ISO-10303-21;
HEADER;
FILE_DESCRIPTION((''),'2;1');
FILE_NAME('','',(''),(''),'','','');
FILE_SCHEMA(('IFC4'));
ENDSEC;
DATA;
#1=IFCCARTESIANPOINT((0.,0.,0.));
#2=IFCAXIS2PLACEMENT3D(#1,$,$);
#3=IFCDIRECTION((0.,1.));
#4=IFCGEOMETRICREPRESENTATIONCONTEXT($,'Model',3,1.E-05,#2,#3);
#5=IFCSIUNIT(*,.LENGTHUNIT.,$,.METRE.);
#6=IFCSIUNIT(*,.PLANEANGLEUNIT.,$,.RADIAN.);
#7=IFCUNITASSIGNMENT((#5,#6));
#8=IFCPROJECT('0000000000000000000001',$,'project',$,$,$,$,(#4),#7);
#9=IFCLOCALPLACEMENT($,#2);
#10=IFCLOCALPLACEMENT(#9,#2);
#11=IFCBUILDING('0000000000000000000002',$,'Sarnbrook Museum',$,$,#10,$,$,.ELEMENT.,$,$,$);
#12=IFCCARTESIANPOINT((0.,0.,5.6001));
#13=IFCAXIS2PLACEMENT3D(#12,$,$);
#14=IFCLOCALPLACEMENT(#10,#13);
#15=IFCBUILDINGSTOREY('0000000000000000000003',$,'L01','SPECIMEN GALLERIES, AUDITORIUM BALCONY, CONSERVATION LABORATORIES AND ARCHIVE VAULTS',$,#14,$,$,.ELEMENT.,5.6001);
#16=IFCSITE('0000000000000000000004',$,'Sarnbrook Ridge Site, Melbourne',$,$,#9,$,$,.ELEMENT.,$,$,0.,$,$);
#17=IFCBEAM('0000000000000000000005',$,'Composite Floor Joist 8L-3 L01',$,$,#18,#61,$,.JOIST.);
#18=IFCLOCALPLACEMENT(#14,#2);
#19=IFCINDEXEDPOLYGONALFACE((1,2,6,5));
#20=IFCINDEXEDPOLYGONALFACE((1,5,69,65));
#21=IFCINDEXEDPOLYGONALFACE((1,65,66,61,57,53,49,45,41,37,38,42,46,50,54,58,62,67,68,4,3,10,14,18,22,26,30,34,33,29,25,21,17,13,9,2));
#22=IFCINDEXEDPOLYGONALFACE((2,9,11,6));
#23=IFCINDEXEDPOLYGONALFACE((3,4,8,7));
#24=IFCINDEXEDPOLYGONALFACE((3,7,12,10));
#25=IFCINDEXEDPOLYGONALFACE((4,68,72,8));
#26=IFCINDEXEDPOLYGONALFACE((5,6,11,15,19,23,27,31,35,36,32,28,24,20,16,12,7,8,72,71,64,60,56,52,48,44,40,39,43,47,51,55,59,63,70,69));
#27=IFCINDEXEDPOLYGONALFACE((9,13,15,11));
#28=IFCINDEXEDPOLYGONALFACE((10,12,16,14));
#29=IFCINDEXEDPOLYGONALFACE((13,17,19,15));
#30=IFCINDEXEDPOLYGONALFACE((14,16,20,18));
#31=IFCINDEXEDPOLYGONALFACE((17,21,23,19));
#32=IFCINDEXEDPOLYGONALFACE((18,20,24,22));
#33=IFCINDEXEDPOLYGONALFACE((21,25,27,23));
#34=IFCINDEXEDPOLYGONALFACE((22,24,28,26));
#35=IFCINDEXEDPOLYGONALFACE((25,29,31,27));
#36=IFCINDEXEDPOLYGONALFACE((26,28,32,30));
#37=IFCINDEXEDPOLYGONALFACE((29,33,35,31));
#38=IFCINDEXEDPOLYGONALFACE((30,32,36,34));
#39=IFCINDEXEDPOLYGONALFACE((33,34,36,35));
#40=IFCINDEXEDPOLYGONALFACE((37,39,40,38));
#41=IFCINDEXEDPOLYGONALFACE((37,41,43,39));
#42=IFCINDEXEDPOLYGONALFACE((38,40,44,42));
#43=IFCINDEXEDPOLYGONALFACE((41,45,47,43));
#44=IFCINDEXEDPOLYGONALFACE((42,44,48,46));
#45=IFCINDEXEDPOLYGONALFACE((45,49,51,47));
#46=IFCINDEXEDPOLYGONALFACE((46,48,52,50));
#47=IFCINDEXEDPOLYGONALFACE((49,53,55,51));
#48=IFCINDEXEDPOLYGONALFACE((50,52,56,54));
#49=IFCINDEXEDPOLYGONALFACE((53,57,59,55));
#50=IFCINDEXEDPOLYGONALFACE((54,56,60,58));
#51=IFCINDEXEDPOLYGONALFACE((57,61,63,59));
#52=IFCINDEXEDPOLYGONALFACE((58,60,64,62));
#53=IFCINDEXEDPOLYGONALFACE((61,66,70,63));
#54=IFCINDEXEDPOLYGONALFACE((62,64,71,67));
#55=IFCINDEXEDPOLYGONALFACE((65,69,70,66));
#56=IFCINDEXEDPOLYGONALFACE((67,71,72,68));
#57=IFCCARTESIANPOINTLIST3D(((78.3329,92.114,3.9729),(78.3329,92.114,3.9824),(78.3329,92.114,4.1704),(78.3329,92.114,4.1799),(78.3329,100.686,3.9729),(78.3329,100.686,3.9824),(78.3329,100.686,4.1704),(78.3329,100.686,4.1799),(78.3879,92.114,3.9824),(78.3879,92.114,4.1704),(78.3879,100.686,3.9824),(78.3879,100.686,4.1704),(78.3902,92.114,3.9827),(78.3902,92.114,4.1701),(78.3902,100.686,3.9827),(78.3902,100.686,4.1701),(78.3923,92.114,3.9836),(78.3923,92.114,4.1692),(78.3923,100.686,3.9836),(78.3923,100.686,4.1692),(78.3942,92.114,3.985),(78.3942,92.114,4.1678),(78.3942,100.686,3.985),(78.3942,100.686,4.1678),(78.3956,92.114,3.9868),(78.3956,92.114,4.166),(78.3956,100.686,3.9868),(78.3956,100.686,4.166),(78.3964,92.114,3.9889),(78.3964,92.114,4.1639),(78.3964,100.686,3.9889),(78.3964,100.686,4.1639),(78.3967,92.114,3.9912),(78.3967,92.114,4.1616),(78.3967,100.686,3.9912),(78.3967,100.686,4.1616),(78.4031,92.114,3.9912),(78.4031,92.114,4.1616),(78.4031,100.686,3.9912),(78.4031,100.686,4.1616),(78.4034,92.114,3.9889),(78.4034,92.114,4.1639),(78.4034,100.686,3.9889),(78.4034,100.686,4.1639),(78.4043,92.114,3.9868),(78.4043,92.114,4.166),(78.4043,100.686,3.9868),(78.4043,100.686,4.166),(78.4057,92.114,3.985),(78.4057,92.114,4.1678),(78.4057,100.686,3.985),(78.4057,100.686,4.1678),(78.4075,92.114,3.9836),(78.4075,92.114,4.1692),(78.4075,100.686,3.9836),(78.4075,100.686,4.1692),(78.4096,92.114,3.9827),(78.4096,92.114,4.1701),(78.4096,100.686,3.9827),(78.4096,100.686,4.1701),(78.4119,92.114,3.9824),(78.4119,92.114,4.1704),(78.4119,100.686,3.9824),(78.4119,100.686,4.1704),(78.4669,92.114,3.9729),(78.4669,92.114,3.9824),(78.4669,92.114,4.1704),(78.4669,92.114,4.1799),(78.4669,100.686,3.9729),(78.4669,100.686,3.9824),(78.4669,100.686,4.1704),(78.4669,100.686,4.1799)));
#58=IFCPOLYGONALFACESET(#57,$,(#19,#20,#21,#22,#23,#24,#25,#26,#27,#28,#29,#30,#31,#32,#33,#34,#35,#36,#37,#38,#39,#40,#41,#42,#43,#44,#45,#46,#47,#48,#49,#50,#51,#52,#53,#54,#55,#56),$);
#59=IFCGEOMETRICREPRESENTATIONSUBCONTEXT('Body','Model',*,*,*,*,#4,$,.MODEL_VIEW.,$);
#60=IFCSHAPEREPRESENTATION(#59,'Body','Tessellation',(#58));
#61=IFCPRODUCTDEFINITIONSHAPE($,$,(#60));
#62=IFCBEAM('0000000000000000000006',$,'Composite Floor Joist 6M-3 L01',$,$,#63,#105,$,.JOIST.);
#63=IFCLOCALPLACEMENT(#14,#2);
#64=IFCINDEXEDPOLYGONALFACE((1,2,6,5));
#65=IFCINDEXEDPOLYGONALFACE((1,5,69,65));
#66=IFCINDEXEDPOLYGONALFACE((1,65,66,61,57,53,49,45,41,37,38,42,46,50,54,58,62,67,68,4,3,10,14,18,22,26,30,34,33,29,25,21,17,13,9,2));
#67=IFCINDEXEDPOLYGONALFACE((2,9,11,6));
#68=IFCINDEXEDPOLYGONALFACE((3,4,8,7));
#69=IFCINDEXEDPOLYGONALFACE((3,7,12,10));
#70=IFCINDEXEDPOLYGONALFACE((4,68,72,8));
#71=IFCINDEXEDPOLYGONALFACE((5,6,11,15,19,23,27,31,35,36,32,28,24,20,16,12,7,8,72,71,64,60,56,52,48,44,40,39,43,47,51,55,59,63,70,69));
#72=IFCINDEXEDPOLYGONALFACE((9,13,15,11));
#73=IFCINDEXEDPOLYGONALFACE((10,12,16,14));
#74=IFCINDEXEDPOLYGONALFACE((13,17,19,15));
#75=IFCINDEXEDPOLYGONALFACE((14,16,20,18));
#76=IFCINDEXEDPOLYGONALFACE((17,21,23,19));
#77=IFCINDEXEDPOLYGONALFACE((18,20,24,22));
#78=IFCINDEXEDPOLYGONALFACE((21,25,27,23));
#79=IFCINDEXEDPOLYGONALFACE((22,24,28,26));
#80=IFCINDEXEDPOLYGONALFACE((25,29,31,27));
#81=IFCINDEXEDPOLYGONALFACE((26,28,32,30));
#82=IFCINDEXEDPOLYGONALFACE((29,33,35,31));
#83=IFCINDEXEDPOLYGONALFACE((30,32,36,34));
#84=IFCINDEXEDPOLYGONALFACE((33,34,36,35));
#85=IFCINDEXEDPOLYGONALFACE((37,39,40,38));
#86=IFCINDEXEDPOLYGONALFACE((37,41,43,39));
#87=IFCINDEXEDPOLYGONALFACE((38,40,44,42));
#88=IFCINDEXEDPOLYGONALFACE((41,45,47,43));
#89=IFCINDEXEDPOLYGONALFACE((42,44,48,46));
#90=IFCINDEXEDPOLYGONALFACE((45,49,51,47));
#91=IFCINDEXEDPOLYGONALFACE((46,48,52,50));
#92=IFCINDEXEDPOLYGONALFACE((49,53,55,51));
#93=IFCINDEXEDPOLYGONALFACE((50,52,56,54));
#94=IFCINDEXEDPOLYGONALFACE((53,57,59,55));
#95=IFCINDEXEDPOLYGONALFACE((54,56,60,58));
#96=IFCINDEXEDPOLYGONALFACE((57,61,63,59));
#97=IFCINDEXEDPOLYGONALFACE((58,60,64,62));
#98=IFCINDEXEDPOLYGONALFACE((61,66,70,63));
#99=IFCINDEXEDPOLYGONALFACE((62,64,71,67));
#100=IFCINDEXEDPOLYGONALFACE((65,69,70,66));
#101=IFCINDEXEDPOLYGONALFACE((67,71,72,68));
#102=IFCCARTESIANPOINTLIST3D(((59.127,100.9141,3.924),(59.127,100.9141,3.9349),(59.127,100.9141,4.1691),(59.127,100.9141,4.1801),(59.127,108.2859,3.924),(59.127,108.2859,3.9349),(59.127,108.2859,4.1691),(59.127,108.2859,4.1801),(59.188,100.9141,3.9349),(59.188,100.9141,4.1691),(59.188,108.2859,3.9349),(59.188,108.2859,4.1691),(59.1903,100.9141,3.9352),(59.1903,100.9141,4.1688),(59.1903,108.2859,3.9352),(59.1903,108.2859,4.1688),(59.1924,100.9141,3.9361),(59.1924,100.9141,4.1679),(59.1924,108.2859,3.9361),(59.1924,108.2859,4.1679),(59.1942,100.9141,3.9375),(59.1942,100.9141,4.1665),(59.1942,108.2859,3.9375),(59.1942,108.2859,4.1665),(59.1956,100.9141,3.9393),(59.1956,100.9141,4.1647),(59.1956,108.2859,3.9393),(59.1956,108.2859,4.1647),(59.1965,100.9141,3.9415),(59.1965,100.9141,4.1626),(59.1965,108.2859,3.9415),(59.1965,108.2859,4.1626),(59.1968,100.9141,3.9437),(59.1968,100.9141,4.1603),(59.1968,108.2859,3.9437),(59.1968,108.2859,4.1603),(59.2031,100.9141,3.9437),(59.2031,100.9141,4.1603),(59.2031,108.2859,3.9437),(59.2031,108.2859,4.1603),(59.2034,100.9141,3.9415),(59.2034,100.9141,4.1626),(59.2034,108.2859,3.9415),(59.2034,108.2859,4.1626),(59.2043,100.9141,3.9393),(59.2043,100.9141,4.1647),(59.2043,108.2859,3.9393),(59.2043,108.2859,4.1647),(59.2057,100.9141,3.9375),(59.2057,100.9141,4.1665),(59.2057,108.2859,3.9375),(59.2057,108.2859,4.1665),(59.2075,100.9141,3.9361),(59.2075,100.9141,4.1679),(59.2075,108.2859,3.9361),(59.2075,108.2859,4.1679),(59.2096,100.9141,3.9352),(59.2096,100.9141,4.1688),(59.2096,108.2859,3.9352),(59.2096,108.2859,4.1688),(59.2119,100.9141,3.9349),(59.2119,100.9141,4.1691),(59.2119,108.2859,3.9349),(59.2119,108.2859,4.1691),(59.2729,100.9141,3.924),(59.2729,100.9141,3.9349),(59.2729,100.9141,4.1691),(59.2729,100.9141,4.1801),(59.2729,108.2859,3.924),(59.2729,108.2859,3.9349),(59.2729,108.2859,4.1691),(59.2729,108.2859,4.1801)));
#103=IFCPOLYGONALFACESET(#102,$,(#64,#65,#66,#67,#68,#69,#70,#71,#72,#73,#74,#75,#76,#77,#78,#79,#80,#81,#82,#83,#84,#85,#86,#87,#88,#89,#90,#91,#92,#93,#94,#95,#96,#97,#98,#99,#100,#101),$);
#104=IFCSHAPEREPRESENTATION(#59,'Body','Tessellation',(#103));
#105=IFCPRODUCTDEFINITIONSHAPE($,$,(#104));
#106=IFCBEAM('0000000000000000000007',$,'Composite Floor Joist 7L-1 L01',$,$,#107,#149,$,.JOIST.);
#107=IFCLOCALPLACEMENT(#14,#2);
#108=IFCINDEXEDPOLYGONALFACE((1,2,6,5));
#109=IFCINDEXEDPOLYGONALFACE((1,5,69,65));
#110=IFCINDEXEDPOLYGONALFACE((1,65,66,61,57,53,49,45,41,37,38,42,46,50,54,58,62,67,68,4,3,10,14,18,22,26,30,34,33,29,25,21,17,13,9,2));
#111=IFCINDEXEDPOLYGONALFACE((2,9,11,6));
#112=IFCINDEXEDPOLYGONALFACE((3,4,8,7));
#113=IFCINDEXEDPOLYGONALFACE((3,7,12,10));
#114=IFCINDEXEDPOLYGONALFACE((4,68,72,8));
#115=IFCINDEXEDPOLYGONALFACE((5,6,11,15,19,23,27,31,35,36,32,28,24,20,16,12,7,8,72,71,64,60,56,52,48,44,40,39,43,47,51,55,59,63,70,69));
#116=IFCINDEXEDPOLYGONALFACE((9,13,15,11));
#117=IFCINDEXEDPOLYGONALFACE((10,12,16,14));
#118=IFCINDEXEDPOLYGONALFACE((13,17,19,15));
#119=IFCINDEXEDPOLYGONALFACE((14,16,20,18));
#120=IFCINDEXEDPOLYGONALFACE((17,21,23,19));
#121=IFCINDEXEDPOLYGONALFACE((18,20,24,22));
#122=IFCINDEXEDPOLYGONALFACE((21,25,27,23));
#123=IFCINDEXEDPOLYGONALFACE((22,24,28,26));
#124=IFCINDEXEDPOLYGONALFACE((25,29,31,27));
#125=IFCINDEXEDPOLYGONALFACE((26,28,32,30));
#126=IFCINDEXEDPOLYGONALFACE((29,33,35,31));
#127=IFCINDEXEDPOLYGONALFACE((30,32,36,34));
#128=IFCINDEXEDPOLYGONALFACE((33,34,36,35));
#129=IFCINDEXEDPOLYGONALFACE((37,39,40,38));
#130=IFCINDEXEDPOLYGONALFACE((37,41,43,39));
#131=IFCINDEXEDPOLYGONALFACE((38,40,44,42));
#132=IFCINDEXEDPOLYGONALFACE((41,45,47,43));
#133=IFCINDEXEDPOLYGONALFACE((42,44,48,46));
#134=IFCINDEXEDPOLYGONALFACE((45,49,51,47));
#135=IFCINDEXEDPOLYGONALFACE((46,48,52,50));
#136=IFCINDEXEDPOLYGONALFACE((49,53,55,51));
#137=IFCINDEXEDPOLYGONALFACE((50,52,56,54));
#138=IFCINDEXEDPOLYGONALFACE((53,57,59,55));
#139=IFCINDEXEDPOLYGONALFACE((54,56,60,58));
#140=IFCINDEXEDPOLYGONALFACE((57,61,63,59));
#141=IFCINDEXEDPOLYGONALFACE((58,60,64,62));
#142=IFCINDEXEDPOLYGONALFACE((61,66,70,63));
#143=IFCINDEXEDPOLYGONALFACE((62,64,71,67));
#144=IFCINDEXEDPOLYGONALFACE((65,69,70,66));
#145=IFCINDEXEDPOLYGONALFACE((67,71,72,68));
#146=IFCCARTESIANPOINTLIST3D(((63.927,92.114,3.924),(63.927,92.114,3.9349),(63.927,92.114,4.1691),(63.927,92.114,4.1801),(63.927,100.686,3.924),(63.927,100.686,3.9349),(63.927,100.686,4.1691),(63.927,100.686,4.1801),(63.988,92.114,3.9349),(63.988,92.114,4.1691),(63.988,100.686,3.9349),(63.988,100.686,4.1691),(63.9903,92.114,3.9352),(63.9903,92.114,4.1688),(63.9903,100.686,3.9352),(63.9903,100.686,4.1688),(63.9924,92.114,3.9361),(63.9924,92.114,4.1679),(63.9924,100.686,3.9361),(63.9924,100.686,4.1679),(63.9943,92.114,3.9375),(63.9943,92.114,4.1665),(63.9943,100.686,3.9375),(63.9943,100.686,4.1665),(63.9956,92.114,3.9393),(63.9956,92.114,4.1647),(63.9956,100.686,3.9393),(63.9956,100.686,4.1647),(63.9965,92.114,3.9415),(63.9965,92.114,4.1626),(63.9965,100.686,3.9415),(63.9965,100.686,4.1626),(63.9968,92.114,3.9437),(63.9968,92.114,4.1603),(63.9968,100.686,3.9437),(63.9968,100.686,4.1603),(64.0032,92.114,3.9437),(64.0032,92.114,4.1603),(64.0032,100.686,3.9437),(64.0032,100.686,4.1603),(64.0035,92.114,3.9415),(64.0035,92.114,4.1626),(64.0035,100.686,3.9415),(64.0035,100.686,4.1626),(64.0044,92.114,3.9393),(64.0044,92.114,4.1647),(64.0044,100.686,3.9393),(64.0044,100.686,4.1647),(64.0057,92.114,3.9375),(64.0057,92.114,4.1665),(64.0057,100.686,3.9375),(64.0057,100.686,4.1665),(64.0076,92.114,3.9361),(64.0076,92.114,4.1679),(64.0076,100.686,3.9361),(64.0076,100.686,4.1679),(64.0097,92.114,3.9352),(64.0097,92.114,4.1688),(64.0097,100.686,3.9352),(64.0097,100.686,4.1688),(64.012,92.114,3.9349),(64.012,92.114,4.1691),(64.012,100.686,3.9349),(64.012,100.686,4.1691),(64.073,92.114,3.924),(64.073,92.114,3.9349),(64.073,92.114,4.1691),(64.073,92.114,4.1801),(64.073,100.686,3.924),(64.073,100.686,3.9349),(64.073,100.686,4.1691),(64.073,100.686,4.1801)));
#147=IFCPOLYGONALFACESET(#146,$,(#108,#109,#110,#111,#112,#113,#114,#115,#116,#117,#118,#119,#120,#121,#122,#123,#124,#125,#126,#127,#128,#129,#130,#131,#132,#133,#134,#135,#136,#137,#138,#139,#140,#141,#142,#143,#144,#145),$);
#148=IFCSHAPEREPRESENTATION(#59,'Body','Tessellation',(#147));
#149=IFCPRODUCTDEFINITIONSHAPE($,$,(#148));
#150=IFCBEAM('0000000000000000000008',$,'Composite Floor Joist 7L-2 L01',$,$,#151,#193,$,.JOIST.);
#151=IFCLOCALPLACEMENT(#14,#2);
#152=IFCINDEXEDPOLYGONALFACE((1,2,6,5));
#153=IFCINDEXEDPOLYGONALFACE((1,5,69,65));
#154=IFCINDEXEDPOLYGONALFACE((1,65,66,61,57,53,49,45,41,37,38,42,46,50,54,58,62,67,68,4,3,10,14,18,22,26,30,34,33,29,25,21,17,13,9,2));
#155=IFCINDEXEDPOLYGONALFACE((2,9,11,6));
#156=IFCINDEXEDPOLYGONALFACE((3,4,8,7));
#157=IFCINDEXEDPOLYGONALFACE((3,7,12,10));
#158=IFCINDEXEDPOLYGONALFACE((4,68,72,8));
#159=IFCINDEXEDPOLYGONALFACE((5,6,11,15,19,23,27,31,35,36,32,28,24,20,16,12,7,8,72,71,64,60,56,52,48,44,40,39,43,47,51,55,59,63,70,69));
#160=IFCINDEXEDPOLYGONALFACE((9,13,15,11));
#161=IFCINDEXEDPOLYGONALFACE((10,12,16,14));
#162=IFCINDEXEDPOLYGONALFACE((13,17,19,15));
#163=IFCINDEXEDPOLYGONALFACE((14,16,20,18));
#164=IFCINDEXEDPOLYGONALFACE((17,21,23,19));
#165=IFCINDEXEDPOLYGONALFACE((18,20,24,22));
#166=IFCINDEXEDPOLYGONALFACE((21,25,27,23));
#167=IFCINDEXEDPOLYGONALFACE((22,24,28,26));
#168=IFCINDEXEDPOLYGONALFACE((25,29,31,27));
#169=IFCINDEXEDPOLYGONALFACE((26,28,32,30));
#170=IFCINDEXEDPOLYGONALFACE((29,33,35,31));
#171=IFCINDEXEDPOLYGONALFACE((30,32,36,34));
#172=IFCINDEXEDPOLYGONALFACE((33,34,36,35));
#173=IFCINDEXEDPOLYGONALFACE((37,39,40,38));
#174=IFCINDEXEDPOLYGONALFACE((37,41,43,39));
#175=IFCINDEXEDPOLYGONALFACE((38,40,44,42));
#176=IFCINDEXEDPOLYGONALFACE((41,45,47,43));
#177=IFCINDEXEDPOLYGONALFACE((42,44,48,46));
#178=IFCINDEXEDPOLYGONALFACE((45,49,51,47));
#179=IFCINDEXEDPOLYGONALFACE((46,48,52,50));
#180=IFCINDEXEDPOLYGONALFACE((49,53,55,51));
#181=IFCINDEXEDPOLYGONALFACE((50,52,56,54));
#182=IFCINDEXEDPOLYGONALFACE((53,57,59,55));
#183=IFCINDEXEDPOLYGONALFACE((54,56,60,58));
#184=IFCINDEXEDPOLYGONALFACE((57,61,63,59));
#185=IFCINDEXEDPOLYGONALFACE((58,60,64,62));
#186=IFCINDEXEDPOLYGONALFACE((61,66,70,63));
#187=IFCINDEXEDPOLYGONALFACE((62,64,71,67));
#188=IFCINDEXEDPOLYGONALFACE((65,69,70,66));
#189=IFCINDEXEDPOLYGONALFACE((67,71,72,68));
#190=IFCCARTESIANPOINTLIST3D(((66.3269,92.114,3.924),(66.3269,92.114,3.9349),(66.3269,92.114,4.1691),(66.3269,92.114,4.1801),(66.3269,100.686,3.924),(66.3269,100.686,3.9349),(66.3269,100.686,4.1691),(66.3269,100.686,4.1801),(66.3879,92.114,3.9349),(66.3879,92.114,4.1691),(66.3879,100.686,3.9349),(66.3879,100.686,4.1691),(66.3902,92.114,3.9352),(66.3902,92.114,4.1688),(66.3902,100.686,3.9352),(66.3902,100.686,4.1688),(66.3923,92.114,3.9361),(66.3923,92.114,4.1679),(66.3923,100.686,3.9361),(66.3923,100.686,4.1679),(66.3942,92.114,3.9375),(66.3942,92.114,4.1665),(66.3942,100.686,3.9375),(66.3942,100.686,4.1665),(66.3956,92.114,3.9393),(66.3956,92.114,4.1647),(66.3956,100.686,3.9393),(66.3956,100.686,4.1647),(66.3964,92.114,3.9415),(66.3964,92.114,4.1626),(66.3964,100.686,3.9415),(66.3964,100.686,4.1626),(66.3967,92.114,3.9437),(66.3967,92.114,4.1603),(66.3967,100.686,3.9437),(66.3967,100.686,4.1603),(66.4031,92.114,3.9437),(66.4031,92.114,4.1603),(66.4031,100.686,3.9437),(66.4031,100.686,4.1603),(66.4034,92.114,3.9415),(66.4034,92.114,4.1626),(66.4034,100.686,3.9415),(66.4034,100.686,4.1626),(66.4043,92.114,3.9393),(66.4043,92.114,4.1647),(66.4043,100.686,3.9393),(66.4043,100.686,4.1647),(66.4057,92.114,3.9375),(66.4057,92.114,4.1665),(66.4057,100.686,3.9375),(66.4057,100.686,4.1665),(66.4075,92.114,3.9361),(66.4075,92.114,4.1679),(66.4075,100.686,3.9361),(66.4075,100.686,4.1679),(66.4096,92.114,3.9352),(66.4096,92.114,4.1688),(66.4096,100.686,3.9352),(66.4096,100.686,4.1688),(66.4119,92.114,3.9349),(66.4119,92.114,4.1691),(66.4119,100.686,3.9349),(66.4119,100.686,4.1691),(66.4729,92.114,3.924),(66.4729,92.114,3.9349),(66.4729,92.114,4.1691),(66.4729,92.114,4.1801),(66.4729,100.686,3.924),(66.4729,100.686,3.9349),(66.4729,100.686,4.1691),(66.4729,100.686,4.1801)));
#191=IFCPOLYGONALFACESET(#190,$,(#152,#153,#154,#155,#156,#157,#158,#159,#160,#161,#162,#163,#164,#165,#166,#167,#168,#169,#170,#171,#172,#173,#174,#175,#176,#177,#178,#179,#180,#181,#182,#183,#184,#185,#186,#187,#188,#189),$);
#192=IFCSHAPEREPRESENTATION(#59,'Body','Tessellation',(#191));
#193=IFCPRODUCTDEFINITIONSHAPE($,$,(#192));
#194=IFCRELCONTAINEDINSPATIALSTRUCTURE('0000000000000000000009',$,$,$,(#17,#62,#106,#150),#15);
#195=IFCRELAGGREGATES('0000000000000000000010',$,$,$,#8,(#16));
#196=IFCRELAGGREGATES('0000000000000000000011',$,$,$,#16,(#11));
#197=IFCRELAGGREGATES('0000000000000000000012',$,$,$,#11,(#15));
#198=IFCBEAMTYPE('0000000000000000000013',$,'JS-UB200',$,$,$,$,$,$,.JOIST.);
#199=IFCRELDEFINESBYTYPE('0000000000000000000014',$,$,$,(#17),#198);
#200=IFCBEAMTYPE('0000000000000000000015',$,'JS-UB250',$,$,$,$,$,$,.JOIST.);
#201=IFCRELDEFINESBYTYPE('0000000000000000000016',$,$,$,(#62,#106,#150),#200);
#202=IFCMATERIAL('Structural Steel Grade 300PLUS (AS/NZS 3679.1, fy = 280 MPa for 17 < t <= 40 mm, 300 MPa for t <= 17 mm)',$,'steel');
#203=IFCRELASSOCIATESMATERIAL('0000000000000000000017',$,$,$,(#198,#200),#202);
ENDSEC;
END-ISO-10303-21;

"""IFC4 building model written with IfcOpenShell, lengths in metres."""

from ifc_helpers import new_model, si_unit, direction, frame, origin, origin_2d, place, context, subcontext, project, spatial, i_section, extrude, material, material_profile, profile_set, type_object, element, save


model = new_model("IFC4")

# Units and contexts
model_context = context("Model", 3, precision=1e-05, world=origin(), true_north=direction((0.0, 1.0)))
body_context = subcontext(model_context, "Body", "Model", "MODEL_VIEW")
ifc_project = project(units=[si_unit("LENGTHUNIT", "METRE"), si_unit("PLANEANGLEUNIT", "RADIAN")], contexts=[model_context])

# Site, building, storey
site_placement = place(None, origin())
site = spatial("IfcSite", under=ifc_project, at=site_placement, Name="Sarnbrook Ridge Site, Melbourne", CompositionType="ELEMENT", RefElevation=0.0)
building_placement = place(site_placement, origin())
building = spatial("IfcBuilding", under=site, at=building_placement, Name="Sarnbrook Museum", CompositionType="ELEMENT")
storey_placement = place(building_placement, frame((0.0, 0.0, 5.6001)))
storey = spatial("IfcBuildingStorey", under=building, at=storey_placement, Name="L01", Description="SPECIMEN GALLERIES, AUDITORIUM BALCONY, CONSERVATION LABORATORIES AND ARCHIVE VAULTS", CompositionType="ELEMENT", Elevation=5.6001)

# Beams
ifc_material_1 = material(Name="Structural Steel Grade 300PLUS (AS/NZS 3679.1, fy = 280 MPa for 17 < t <= 40 mm, 300 MPa for t <= 17 mm)", Category="steel")
ifc_material_profile_1 = material_profile(ifc_material_1, i_section(OverallWidth=0.134, OverallDepth=0.207, WebThickness=0.0063, FlangeThickness=0.0095, FilletRadius=0.0088, at=origin_2d()), Name="200UB29.8")
ifc_profile_set_1 = profile_set([ifc_material_profile_1], Name="Structural Steel Grade 300PLUS (AS/NZS 3679.1, fy = 280 MPa for 17 < t <= 40 mm, 300 MPa for t <= 17 mm)")
beam_type_1 = type_object("IfcBeamType", Name="JS-UB200", PredefinedType="JOIST", material=ifc_profile_set_1)
for number, where, z_axis, x_axis, name in (
    (1, (78.3999, 92.114, 4.0764), (0.0, 1.0, 0.0), (-1.0, 0.0, 0.0), "Composite Floor Joist 8L-3 L01"),
):
    element("IfcBeam", number, at=place(storey_placement, frame(where, z_axis=z_axis, x_axis=x_axis)), inside=storey, type_object=beam_type_1, Name=name, PredefinedType="JOIST", context=body_context, shape_type="SweptSolid", body=[
        extrude(i_section(OverallWidth=0.134, OverallDepth=0.207, WebThickness=0.0063, FlangeThickness=0.0095, FilletRadius=0.0088, at=origin_2d()), origin(), (0.0, 0.0, 1.0), 8.572),
    ])
ifc_material_profile_2 = material_profile(ifc_material_1, i_section(OverallWidth=0.146, OverallDepth=0.2561, WebThickness=0.0063, FlangeThickness=0.011, FilletRadius=0.0088, at=origin_2d()), Name="250UB37.3")
ifc_profile_set_2 = profile_set([ifc_material_profile_2], Name="Structural Steel Grade 300PLUS (AS/NZS 3679.1, fy = 280 MPa for 17 < t <= 40 mm, 300 MPa for t <= 17 mm)")
beam_type_2 = type_object("IfcBeamType", Name="JS-UB250", PredefinedType="JOIST", material=ifc_profile_set_2)
beam_1_placement = place(storey_placement, frame((59.2, 100.9141, 4.052), z_axis=(0.0, 1.0, 0.0), x_axis=(-1.0, 0.0, 0.0)))
element("IfcBeam", 2, at=beam_1_placement, inside=storey, type_object=beam_type_2, Name="Composite Floor Joist 6M-3 L01", PredefinedType="JOIST", context=body_context, shape_type="SweptSolid", body=[
    extrude(i_section(OverallWidth=0.146, OverallDepth=0.2561, WebThickness=0.0063, FlangeThickness=0.011, FilletRadius=0.0088, at=origin_2d()), origin(), (0.0, 0.0, 1.0), 7.3718),
])
for number, where, z_axis, x_axis, name in (
    (3, (64.0, 92.114, 4.052), (0.0, 1.0, 0.0), (-1.0, 0.0, 0.0), "Composite Floor Joist 7L-1 L01"),
    (4, (66.3999, 92.114, 4.052), (0.0, 1.0, 0.0), (-1.0, 0.0, 0.0), "Composite Floor Joist 7L-2 L01"),
):
    element("IfcBeam", number, at=place(storey_placement, frame(where, z_axis=z_axis, x_axis=x_axis)), inside=storey, type_object=beam_type_2, Name=name, PredefinedType="JOIST", context=body_context, shape_type="SweptSolid", body=[
        extrude(i_section(OverallWidth=0.146, OverallDepth=0.2561, WebThickness=0.0063, FlangeThickness=0.011, FilletRadius=0.0088, at=origin_2d()), origin(), (0.0, 0.0, 1.0), 8.572),
    ])

save(model, "model.ifc")
